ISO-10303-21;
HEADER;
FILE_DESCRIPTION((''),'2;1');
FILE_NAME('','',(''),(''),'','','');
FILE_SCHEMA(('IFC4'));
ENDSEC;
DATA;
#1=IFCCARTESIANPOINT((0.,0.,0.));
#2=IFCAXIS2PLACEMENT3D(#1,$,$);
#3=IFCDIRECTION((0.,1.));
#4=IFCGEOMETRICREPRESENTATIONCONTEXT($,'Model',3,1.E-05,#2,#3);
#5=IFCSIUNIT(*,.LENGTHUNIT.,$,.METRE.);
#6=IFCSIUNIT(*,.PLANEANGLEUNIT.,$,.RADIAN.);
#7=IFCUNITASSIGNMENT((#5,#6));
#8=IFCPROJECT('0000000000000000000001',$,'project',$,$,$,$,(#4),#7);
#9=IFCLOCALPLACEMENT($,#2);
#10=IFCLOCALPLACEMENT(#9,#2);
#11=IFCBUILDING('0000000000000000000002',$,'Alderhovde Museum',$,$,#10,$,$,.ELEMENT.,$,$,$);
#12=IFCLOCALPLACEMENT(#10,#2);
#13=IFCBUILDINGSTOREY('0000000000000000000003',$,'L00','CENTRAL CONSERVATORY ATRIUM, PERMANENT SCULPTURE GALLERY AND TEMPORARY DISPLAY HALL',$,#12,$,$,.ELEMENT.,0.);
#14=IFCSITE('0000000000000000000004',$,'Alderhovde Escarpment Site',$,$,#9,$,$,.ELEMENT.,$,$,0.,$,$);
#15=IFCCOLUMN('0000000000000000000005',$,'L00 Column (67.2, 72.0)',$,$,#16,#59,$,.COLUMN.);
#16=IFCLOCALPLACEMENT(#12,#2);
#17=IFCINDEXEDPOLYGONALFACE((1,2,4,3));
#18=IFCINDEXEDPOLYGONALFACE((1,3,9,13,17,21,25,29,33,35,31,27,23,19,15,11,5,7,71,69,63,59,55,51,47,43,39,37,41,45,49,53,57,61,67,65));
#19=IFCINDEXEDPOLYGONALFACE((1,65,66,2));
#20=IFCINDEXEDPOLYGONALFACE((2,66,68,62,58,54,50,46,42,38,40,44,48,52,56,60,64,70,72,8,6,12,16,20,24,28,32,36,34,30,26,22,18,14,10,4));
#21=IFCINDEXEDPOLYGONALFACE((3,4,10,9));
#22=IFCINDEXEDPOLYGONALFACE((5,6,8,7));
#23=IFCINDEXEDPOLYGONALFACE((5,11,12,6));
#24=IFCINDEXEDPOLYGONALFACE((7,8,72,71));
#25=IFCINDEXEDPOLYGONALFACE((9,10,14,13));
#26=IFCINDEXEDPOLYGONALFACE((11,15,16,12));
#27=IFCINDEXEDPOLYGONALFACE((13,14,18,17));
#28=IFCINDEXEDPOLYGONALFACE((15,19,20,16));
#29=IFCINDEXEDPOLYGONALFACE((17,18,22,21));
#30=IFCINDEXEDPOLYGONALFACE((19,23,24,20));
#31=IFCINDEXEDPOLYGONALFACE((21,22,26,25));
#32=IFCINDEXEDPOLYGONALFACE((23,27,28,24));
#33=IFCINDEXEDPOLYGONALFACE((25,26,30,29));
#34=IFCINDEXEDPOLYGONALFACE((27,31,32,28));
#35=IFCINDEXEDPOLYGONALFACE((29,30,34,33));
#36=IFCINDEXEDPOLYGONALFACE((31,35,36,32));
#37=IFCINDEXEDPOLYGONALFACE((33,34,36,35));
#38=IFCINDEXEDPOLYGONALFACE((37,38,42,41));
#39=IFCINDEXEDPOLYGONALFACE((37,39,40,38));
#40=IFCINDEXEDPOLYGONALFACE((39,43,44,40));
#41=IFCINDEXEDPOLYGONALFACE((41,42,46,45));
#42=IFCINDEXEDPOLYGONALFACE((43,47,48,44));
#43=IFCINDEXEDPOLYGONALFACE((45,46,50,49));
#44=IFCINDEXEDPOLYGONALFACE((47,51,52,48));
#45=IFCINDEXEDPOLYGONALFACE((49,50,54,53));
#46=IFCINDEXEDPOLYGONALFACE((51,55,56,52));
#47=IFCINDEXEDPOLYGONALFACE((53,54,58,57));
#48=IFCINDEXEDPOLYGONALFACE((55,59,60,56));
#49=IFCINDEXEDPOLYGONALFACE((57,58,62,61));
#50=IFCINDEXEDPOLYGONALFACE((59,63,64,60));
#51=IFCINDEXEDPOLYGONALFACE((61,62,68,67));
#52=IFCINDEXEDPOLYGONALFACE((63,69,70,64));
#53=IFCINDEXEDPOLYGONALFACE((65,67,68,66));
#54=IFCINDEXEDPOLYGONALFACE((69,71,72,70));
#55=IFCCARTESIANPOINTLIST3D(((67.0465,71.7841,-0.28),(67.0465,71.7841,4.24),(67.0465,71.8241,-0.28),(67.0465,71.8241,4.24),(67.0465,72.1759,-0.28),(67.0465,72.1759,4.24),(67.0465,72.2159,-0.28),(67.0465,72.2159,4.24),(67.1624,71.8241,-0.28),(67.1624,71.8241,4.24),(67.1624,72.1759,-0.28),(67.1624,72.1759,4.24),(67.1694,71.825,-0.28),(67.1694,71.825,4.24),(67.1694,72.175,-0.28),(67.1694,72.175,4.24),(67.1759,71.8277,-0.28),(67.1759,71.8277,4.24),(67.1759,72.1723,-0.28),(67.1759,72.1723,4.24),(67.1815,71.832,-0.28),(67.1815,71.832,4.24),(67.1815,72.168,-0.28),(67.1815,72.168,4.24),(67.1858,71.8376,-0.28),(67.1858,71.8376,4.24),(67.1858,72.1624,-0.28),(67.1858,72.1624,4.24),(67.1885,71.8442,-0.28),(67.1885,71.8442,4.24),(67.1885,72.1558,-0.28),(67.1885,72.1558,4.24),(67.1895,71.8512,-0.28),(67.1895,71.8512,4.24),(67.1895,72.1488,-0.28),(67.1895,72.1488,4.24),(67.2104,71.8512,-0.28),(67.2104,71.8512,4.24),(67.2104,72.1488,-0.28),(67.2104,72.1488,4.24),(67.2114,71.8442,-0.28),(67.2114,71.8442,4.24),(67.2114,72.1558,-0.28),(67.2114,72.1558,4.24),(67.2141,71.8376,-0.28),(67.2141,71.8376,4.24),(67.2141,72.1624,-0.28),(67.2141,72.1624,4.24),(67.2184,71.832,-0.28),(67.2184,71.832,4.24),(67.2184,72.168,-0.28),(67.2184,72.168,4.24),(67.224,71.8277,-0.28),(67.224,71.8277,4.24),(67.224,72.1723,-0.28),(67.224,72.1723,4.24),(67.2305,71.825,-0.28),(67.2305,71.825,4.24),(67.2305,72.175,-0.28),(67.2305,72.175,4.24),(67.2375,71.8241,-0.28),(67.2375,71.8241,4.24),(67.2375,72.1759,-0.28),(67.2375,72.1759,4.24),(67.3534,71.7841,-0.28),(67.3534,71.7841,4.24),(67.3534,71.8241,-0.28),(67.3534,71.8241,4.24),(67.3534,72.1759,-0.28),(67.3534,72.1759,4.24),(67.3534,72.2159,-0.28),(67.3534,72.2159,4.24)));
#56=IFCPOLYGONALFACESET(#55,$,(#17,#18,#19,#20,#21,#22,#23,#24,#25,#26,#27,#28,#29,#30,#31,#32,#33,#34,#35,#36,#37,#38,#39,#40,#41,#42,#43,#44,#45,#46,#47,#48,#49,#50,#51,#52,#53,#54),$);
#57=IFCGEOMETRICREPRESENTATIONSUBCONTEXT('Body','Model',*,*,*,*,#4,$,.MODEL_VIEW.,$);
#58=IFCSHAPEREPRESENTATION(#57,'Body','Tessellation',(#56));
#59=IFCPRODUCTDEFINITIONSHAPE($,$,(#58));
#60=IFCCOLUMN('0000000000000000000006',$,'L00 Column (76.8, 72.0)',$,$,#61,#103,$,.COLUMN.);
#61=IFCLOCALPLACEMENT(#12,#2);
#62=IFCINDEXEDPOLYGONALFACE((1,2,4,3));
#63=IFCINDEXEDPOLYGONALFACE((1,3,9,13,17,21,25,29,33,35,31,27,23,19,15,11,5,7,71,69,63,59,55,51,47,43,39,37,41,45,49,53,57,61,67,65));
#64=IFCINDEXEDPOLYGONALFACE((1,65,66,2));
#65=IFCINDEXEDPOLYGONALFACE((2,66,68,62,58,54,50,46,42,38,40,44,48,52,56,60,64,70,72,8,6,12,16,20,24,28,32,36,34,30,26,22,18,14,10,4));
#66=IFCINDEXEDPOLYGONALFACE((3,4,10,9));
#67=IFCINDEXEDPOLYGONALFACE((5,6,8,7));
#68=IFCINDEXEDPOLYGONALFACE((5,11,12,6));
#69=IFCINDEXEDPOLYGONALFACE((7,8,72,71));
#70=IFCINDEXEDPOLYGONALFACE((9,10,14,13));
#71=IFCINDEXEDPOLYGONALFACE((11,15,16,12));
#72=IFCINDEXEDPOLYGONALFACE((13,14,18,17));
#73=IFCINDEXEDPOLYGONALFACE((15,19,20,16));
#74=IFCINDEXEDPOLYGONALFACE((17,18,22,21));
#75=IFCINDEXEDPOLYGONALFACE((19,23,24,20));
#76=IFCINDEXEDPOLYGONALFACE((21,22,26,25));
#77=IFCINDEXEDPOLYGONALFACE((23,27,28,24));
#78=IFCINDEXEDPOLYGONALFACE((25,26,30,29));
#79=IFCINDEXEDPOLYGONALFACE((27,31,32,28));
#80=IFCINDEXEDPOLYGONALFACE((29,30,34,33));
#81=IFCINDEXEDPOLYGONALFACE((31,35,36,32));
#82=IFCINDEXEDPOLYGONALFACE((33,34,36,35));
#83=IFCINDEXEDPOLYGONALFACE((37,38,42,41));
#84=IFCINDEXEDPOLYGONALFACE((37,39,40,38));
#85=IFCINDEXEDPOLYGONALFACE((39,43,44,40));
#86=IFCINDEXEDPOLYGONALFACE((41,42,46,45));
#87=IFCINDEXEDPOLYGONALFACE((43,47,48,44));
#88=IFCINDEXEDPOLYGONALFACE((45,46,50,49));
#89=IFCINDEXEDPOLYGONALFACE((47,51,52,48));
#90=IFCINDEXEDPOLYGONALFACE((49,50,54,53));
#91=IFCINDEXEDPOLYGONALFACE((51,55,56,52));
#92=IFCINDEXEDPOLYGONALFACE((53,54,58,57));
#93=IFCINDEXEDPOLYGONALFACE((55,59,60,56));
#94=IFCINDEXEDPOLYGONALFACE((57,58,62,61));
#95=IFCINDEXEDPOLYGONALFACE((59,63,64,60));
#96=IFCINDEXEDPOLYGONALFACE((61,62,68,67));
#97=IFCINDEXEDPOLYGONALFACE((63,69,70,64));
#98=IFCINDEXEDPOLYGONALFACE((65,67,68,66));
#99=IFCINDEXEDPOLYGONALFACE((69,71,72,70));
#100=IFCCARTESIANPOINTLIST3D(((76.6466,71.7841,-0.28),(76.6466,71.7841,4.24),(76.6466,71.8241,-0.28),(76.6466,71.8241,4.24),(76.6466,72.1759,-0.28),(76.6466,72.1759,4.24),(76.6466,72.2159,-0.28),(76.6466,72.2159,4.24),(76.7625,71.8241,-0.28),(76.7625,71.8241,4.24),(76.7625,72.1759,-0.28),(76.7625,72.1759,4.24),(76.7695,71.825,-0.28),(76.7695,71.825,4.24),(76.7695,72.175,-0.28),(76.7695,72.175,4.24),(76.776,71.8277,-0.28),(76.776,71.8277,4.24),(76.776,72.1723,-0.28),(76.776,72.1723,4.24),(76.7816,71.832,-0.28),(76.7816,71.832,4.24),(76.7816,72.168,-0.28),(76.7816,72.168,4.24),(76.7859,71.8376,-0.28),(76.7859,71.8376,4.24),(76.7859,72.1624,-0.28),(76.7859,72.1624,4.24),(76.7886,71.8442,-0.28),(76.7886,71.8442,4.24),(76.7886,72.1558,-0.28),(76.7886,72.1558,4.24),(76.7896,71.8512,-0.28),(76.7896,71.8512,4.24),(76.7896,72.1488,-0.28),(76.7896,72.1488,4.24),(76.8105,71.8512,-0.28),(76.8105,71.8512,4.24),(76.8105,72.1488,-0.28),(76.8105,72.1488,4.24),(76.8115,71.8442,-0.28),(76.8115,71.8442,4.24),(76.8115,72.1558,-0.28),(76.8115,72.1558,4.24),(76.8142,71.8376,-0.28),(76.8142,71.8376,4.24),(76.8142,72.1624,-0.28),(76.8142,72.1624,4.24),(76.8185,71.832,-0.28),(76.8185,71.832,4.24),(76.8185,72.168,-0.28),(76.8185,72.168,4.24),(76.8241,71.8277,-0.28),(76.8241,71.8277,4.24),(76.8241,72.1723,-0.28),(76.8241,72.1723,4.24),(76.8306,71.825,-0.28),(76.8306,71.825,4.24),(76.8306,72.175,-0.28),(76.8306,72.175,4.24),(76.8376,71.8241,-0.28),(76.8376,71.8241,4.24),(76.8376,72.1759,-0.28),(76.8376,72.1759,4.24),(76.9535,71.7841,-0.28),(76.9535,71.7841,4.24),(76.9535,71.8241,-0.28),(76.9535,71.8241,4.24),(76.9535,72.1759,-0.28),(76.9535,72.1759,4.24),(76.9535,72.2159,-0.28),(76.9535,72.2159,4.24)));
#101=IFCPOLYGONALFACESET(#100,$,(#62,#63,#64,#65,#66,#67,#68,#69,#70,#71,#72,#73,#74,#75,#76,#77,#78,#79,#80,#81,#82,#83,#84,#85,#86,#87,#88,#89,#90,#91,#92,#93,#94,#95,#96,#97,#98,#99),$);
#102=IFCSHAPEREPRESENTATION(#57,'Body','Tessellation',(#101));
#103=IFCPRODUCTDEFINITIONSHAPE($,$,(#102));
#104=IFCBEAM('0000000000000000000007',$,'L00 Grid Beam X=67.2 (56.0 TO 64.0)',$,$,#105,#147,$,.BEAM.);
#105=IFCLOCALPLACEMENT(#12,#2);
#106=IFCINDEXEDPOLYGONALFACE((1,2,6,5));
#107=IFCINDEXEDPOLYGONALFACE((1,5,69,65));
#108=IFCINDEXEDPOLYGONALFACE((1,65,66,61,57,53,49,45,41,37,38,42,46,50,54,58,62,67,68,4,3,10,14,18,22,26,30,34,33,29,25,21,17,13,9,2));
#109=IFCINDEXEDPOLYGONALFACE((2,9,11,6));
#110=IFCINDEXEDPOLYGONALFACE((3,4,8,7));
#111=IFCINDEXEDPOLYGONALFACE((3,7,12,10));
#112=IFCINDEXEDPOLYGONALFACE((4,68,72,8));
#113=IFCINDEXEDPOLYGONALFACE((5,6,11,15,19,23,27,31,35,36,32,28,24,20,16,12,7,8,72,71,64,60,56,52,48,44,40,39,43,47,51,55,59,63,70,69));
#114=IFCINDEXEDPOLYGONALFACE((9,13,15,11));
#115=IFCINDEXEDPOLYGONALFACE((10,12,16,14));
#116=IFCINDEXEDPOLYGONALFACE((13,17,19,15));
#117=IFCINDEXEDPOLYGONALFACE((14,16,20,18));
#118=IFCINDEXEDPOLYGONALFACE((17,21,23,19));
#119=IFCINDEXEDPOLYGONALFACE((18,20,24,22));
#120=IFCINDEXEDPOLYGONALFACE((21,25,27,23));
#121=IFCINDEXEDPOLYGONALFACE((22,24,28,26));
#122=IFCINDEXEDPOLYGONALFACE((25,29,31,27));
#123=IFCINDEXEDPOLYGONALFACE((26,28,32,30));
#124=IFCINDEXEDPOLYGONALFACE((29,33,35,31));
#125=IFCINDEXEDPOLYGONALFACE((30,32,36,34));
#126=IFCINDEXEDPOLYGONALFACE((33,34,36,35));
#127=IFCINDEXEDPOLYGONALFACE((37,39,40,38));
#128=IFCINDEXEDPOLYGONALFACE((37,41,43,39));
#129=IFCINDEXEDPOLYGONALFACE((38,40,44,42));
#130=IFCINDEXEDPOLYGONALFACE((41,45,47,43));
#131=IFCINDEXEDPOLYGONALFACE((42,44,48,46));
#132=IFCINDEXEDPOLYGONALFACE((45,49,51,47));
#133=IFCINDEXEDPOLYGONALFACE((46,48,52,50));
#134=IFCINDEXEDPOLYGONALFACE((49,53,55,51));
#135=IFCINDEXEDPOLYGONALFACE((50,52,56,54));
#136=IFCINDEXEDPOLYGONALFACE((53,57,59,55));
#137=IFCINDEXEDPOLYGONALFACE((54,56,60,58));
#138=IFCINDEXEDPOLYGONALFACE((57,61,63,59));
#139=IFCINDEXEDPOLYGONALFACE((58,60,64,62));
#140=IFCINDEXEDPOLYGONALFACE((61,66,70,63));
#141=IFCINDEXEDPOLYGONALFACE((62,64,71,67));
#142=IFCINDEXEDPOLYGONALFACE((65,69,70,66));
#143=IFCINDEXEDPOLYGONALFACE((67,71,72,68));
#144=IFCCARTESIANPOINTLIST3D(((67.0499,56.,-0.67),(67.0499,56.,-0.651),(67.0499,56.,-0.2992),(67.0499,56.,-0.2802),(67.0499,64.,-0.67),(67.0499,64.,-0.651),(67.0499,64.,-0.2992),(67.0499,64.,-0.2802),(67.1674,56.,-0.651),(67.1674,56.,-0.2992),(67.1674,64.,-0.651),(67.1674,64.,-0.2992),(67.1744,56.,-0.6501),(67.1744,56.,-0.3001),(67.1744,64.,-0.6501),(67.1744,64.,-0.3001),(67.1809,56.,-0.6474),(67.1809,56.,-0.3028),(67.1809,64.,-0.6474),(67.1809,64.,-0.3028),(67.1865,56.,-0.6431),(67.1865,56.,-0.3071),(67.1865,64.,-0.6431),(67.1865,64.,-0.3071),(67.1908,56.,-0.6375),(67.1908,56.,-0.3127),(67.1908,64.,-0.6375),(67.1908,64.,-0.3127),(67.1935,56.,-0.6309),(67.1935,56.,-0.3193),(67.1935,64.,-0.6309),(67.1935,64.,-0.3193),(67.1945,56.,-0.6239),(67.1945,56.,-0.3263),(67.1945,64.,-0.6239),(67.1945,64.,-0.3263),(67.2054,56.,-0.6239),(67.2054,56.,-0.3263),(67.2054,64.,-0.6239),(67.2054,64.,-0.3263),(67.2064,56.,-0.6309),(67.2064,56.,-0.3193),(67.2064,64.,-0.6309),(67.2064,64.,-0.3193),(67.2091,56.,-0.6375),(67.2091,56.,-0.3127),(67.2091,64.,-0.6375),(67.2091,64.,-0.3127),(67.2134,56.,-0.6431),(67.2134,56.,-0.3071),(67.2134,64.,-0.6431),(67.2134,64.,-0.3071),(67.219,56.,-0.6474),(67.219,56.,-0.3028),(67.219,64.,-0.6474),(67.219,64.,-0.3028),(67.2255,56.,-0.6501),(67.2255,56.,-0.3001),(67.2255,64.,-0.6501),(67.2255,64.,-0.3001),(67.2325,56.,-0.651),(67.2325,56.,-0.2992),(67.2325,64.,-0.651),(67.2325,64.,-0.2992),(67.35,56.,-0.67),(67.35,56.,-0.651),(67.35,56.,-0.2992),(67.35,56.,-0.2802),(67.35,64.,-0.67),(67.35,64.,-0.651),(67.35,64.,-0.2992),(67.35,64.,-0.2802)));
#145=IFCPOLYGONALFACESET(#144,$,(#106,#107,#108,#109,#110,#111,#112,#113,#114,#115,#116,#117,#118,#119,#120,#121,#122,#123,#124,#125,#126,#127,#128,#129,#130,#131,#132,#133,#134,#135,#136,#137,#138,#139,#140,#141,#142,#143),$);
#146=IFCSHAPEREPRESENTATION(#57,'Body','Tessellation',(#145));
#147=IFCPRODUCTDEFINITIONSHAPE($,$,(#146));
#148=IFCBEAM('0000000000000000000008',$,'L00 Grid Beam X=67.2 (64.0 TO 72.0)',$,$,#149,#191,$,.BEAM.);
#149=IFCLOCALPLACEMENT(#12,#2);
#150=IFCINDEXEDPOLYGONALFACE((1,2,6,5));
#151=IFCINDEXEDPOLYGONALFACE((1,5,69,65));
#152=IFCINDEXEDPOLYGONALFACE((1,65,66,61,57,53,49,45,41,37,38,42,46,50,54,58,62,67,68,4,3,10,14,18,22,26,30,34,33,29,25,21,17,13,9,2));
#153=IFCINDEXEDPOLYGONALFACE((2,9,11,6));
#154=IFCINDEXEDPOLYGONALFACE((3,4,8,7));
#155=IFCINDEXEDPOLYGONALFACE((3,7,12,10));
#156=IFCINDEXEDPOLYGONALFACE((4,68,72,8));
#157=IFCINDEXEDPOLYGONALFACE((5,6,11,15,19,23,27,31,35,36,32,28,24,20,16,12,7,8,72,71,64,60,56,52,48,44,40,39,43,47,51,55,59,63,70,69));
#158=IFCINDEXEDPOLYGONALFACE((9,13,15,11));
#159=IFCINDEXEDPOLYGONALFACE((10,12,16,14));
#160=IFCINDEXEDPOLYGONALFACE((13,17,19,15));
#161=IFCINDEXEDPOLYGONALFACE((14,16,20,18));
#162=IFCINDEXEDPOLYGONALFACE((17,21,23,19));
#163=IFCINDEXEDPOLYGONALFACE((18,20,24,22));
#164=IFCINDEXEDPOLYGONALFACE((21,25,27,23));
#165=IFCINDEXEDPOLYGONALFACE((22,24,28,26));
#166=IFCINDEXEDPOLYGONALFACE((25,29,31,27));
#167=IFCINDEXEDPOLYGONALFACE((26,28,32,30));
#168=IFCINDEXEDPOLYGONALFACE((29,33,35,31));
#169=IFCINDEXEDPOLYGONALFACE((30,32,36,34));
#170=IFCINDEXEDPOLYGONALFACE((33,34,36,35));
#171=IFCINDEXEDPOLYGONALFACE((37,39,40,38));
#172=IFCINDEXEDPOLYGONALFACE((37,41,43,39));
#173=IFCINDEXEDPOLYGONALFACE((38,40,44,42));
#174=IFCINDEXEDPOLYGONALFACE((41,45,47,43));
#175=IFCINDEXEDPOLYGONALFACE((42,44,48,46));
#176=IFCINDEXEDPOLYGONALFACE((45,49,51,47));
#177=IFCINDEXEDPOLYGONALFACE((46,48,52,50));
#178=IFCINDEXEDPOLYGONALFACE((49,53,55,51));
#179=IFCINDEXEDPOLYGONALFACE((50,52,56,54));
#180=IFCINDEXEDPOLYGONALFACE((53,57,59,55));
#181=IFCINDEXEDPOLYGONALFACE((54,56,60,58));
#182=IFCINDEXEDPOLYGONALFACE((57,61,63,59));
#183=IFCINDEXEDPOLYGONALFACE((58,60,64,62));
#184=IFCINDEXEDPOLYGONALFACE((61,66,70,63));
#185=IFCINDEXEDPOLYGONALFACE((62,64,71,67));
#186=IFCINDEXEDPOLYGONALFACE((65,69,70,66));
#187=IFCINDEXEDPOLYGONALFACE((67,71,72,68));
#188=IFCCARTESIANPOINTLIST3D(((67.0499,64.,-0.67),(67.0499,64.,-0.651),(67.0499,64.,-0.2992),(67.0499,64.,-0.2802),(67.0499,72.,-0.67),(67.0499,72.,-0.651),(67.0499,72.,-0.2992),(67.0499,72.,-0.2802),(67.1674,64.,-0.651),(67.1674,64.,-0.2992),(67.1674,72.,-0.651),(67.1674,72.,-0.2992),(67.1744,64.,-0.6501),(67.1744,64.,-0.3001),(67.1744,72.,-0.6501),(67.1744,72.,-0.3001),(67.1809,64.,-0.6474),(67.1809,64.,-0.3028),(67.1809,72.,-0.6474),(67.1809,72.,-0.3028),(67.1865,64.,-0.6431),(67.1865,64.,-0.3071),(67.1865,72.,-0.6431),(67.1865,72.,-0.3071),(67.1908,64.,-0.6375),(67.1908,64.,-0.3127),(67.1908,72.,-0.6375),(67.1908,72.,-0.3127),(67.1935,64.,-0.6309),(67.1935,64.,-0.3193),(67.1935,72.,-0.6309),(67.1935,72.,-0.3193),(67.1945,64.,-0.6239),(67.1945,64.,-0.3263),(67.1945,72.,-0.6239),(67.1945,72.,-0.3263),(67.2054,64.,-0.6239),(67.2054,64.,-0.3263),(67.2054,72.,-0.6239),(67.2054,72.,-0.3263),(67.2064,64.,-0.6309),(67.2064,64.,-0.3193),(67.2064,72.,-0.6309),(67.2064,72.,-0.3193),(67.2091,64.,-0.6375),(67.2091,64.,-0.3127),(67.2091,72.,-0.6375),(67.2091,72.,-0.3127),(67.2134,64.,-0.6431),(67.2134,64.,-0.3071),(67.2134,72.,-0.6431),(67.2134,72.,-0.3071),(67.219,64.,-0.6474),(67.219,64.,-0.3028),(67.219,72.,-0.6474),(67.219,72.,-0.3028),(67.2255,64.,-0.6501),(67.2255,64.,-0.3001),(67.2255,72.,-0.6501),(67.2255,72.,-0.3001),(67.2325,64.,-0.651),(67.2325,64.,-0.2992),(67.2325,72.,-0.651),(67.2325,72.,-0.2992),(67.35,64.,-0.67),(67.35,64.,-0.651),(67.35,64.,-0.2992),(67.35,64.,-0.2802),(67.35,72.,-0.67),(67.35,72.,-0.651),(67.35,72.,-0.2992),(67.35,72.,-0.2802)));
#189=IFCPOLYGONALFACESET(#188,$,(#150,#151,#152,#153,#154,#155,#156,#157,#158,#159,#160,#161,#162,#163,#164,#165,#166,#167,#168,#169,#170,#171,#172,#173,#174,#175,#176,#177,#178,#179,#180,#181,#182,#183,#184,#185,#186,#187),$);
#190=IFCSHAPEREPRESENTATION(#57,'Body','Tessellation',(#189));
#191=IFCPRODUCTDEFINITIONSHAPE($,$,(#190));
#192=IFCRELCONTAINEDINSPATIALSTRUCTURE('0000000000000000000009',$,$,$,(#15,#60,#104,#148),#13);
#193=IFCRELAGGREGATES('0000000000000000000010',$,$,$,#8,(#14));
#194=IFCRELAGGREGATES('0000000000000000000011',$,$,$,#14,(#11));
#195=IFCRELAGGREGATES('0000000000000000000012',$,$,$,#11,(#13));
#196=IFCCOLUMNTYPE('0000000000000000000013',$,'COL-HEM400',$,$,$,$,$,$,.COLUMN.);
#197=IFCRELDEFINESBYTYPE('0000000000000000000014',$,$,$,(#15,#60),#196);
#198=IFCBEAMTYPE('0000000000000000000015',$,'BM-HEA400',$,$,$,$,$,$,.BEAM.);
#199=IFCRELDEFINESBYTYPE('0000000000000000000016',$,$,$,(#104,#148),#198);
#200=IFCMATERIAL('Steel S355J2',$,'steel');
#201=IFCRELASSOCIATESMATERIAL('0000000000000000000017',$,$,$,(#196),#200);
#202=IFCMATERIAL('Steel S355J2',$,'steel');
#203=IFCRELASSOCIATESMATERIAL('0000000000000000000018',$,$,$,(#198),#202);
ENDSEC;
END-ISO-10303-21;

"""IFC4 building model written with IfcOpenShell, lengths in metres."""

from ifc_helpers import new_model, si_unit, direction, frame, origin, origin_2d, place, context, subcontext, project, spatial, i_section, extrude, material, material_profile, profile_set, type_object, element, save


model = new_model("IFC4")

# Units and contexts
model_context = context("Model", 3, precision=1e-05, world=origin(), true_north=direction((0.0, 1.0)))
body_context = subcontext(model_context, "Body", "Model", "MODEL_VIEW")
ifc_project = project(units=[si_unit("LENGTHUNIT", "METRE"), si_unit("PLANEANGLEUNIT", "RADIAN")], contexts=[model_context])

# Site, building, storey
site_placement = place(None, origin())
site = spatial("IfcSite", under=ifc_project, at=site_placement, Name="Alderhovde Escarpment Site", CompositionType="ELEMENT", RefElevation=0.0)
building_placement = place(site_placement, origin())
building = spatial("IfcBuilding", under=site, at=building_placement, Name="Alderhovde Museum", CompositionType="ELEMENT")
storey_placement = place(building_placement, origin())
storey = spatial("IfcBuildingStorey", under=building, at=storey_placement, Name="L00", Description="CENTRAL CONSERVATORY ATRIUM, PERMANENT SCULPTURE GALLERY AND TEMPORARY DISPLAY HALL", CompositionType="ELEMENT", Elevation=0.0)

# Columns
ifc_material_1 = material(Name="Steel S355J2", Category="steel")
ifc_material_profile_1 = material_profile(ifc_material_1, i_section(OverallWidth=0.3069, OverallDepth=0.4319, WebThickness=0.021, FlangeThickness=0.04, FilletRadius=0.0271, at=origin_2d()), Name="HEM 400")
ifc_profile_set_1 = profile_set([ifc_material_profile_1], Name="Steel S355J2")
column_type_1 = type_object("IfcColumnType", Name="COL-HEM400", PredefinedType="COLUMN", material=ifc_profile_set_1)
for number, where, z_axis, x_axis, name in (
    (1, (67.2, 72.0, -0.28), (0.0, 0.0, 1.0), (1.0, 0.0, 0.0), "L00 Column (67.2, 72.0)"),
    (2, (76.8, 72.0, -0.28), (0.0, 0.0, 1.0), (1.0, 0.0, 0.0), "L00 Column (76.8, 72.0)"),
):
    element("IfcColumn", number, at=place(storey_placement, frame(where, z_axis=z_axis, x_axis=x_axis)), inside=storey, type_object=column_type_1, Name=name, PredefinedType="COLUMN", context=body_context, shape_type="SweptSolid", body=[
        extrude(i_section(OverallWidth=0.3069, OverallDepth=0.4319, WebThickness=0.021, FlangeThickness=0.04, FilletRadius=0.0271, at=origin_2d()), origin(), (0.0, 0.0, 1.0), 4.52),
    ])

# Beams
ifc_material_2 = material(Name="Steel S355J2", Category="steel")
ifc_material_profile_2 = material_profile(ifc_material_2, i_section(OverallWidth=0.3, OverallDepth=0.3899, WebThickness=0.011, FlangeThickness=0.019, FilletRadius=0.0271, at=origin_2d()), Name="HEA 400")
ifc_profile_set_2 = profile_set([ifc_material_profile_2], Name="Steel S355J2")
beam_type_1 = type_object("IfcBeamType", Name="BM-HEA400", PredefinedType="BEAM", material=ifc_profile_set_2)
for number, where, z_axis, x_axis, name in (
    (3, (67.2, 56.0, -0.4751), (0.0, 1.0, 0.0), (-1.0, 0.0, 0.0), "L00 Grid Beam X=67.2 (56.0 TO 64.0)"),
    (4, (67.2, 64.0, -0.4751), (0.0, 1.0, 0.0), (-1.0, 0.0, 0.0), "L00 Grid Beam X=67.2 (64.0 TO 72.0)"),
):
    element("IfcBeam", number, at=place(storey_placement, frame(where, z_axis=z_axis, x_axis=x_axis)), inside=storey, type_object=beam_type_1, Name=name, PredefinedType="BEAM", context=body_context, shape_type="SweptSolid", body=[
        extrude(i_section(OverallWidth=0.3, OverallDepth=0.3899, WebThickness=0.011, FlangeThickness=0.019, FilletRadius=0.0271, at=origin_2d()), origin(), (0.0, 0.0, 1.0), 8.0),
    ])

save(model, "model.ifc")
